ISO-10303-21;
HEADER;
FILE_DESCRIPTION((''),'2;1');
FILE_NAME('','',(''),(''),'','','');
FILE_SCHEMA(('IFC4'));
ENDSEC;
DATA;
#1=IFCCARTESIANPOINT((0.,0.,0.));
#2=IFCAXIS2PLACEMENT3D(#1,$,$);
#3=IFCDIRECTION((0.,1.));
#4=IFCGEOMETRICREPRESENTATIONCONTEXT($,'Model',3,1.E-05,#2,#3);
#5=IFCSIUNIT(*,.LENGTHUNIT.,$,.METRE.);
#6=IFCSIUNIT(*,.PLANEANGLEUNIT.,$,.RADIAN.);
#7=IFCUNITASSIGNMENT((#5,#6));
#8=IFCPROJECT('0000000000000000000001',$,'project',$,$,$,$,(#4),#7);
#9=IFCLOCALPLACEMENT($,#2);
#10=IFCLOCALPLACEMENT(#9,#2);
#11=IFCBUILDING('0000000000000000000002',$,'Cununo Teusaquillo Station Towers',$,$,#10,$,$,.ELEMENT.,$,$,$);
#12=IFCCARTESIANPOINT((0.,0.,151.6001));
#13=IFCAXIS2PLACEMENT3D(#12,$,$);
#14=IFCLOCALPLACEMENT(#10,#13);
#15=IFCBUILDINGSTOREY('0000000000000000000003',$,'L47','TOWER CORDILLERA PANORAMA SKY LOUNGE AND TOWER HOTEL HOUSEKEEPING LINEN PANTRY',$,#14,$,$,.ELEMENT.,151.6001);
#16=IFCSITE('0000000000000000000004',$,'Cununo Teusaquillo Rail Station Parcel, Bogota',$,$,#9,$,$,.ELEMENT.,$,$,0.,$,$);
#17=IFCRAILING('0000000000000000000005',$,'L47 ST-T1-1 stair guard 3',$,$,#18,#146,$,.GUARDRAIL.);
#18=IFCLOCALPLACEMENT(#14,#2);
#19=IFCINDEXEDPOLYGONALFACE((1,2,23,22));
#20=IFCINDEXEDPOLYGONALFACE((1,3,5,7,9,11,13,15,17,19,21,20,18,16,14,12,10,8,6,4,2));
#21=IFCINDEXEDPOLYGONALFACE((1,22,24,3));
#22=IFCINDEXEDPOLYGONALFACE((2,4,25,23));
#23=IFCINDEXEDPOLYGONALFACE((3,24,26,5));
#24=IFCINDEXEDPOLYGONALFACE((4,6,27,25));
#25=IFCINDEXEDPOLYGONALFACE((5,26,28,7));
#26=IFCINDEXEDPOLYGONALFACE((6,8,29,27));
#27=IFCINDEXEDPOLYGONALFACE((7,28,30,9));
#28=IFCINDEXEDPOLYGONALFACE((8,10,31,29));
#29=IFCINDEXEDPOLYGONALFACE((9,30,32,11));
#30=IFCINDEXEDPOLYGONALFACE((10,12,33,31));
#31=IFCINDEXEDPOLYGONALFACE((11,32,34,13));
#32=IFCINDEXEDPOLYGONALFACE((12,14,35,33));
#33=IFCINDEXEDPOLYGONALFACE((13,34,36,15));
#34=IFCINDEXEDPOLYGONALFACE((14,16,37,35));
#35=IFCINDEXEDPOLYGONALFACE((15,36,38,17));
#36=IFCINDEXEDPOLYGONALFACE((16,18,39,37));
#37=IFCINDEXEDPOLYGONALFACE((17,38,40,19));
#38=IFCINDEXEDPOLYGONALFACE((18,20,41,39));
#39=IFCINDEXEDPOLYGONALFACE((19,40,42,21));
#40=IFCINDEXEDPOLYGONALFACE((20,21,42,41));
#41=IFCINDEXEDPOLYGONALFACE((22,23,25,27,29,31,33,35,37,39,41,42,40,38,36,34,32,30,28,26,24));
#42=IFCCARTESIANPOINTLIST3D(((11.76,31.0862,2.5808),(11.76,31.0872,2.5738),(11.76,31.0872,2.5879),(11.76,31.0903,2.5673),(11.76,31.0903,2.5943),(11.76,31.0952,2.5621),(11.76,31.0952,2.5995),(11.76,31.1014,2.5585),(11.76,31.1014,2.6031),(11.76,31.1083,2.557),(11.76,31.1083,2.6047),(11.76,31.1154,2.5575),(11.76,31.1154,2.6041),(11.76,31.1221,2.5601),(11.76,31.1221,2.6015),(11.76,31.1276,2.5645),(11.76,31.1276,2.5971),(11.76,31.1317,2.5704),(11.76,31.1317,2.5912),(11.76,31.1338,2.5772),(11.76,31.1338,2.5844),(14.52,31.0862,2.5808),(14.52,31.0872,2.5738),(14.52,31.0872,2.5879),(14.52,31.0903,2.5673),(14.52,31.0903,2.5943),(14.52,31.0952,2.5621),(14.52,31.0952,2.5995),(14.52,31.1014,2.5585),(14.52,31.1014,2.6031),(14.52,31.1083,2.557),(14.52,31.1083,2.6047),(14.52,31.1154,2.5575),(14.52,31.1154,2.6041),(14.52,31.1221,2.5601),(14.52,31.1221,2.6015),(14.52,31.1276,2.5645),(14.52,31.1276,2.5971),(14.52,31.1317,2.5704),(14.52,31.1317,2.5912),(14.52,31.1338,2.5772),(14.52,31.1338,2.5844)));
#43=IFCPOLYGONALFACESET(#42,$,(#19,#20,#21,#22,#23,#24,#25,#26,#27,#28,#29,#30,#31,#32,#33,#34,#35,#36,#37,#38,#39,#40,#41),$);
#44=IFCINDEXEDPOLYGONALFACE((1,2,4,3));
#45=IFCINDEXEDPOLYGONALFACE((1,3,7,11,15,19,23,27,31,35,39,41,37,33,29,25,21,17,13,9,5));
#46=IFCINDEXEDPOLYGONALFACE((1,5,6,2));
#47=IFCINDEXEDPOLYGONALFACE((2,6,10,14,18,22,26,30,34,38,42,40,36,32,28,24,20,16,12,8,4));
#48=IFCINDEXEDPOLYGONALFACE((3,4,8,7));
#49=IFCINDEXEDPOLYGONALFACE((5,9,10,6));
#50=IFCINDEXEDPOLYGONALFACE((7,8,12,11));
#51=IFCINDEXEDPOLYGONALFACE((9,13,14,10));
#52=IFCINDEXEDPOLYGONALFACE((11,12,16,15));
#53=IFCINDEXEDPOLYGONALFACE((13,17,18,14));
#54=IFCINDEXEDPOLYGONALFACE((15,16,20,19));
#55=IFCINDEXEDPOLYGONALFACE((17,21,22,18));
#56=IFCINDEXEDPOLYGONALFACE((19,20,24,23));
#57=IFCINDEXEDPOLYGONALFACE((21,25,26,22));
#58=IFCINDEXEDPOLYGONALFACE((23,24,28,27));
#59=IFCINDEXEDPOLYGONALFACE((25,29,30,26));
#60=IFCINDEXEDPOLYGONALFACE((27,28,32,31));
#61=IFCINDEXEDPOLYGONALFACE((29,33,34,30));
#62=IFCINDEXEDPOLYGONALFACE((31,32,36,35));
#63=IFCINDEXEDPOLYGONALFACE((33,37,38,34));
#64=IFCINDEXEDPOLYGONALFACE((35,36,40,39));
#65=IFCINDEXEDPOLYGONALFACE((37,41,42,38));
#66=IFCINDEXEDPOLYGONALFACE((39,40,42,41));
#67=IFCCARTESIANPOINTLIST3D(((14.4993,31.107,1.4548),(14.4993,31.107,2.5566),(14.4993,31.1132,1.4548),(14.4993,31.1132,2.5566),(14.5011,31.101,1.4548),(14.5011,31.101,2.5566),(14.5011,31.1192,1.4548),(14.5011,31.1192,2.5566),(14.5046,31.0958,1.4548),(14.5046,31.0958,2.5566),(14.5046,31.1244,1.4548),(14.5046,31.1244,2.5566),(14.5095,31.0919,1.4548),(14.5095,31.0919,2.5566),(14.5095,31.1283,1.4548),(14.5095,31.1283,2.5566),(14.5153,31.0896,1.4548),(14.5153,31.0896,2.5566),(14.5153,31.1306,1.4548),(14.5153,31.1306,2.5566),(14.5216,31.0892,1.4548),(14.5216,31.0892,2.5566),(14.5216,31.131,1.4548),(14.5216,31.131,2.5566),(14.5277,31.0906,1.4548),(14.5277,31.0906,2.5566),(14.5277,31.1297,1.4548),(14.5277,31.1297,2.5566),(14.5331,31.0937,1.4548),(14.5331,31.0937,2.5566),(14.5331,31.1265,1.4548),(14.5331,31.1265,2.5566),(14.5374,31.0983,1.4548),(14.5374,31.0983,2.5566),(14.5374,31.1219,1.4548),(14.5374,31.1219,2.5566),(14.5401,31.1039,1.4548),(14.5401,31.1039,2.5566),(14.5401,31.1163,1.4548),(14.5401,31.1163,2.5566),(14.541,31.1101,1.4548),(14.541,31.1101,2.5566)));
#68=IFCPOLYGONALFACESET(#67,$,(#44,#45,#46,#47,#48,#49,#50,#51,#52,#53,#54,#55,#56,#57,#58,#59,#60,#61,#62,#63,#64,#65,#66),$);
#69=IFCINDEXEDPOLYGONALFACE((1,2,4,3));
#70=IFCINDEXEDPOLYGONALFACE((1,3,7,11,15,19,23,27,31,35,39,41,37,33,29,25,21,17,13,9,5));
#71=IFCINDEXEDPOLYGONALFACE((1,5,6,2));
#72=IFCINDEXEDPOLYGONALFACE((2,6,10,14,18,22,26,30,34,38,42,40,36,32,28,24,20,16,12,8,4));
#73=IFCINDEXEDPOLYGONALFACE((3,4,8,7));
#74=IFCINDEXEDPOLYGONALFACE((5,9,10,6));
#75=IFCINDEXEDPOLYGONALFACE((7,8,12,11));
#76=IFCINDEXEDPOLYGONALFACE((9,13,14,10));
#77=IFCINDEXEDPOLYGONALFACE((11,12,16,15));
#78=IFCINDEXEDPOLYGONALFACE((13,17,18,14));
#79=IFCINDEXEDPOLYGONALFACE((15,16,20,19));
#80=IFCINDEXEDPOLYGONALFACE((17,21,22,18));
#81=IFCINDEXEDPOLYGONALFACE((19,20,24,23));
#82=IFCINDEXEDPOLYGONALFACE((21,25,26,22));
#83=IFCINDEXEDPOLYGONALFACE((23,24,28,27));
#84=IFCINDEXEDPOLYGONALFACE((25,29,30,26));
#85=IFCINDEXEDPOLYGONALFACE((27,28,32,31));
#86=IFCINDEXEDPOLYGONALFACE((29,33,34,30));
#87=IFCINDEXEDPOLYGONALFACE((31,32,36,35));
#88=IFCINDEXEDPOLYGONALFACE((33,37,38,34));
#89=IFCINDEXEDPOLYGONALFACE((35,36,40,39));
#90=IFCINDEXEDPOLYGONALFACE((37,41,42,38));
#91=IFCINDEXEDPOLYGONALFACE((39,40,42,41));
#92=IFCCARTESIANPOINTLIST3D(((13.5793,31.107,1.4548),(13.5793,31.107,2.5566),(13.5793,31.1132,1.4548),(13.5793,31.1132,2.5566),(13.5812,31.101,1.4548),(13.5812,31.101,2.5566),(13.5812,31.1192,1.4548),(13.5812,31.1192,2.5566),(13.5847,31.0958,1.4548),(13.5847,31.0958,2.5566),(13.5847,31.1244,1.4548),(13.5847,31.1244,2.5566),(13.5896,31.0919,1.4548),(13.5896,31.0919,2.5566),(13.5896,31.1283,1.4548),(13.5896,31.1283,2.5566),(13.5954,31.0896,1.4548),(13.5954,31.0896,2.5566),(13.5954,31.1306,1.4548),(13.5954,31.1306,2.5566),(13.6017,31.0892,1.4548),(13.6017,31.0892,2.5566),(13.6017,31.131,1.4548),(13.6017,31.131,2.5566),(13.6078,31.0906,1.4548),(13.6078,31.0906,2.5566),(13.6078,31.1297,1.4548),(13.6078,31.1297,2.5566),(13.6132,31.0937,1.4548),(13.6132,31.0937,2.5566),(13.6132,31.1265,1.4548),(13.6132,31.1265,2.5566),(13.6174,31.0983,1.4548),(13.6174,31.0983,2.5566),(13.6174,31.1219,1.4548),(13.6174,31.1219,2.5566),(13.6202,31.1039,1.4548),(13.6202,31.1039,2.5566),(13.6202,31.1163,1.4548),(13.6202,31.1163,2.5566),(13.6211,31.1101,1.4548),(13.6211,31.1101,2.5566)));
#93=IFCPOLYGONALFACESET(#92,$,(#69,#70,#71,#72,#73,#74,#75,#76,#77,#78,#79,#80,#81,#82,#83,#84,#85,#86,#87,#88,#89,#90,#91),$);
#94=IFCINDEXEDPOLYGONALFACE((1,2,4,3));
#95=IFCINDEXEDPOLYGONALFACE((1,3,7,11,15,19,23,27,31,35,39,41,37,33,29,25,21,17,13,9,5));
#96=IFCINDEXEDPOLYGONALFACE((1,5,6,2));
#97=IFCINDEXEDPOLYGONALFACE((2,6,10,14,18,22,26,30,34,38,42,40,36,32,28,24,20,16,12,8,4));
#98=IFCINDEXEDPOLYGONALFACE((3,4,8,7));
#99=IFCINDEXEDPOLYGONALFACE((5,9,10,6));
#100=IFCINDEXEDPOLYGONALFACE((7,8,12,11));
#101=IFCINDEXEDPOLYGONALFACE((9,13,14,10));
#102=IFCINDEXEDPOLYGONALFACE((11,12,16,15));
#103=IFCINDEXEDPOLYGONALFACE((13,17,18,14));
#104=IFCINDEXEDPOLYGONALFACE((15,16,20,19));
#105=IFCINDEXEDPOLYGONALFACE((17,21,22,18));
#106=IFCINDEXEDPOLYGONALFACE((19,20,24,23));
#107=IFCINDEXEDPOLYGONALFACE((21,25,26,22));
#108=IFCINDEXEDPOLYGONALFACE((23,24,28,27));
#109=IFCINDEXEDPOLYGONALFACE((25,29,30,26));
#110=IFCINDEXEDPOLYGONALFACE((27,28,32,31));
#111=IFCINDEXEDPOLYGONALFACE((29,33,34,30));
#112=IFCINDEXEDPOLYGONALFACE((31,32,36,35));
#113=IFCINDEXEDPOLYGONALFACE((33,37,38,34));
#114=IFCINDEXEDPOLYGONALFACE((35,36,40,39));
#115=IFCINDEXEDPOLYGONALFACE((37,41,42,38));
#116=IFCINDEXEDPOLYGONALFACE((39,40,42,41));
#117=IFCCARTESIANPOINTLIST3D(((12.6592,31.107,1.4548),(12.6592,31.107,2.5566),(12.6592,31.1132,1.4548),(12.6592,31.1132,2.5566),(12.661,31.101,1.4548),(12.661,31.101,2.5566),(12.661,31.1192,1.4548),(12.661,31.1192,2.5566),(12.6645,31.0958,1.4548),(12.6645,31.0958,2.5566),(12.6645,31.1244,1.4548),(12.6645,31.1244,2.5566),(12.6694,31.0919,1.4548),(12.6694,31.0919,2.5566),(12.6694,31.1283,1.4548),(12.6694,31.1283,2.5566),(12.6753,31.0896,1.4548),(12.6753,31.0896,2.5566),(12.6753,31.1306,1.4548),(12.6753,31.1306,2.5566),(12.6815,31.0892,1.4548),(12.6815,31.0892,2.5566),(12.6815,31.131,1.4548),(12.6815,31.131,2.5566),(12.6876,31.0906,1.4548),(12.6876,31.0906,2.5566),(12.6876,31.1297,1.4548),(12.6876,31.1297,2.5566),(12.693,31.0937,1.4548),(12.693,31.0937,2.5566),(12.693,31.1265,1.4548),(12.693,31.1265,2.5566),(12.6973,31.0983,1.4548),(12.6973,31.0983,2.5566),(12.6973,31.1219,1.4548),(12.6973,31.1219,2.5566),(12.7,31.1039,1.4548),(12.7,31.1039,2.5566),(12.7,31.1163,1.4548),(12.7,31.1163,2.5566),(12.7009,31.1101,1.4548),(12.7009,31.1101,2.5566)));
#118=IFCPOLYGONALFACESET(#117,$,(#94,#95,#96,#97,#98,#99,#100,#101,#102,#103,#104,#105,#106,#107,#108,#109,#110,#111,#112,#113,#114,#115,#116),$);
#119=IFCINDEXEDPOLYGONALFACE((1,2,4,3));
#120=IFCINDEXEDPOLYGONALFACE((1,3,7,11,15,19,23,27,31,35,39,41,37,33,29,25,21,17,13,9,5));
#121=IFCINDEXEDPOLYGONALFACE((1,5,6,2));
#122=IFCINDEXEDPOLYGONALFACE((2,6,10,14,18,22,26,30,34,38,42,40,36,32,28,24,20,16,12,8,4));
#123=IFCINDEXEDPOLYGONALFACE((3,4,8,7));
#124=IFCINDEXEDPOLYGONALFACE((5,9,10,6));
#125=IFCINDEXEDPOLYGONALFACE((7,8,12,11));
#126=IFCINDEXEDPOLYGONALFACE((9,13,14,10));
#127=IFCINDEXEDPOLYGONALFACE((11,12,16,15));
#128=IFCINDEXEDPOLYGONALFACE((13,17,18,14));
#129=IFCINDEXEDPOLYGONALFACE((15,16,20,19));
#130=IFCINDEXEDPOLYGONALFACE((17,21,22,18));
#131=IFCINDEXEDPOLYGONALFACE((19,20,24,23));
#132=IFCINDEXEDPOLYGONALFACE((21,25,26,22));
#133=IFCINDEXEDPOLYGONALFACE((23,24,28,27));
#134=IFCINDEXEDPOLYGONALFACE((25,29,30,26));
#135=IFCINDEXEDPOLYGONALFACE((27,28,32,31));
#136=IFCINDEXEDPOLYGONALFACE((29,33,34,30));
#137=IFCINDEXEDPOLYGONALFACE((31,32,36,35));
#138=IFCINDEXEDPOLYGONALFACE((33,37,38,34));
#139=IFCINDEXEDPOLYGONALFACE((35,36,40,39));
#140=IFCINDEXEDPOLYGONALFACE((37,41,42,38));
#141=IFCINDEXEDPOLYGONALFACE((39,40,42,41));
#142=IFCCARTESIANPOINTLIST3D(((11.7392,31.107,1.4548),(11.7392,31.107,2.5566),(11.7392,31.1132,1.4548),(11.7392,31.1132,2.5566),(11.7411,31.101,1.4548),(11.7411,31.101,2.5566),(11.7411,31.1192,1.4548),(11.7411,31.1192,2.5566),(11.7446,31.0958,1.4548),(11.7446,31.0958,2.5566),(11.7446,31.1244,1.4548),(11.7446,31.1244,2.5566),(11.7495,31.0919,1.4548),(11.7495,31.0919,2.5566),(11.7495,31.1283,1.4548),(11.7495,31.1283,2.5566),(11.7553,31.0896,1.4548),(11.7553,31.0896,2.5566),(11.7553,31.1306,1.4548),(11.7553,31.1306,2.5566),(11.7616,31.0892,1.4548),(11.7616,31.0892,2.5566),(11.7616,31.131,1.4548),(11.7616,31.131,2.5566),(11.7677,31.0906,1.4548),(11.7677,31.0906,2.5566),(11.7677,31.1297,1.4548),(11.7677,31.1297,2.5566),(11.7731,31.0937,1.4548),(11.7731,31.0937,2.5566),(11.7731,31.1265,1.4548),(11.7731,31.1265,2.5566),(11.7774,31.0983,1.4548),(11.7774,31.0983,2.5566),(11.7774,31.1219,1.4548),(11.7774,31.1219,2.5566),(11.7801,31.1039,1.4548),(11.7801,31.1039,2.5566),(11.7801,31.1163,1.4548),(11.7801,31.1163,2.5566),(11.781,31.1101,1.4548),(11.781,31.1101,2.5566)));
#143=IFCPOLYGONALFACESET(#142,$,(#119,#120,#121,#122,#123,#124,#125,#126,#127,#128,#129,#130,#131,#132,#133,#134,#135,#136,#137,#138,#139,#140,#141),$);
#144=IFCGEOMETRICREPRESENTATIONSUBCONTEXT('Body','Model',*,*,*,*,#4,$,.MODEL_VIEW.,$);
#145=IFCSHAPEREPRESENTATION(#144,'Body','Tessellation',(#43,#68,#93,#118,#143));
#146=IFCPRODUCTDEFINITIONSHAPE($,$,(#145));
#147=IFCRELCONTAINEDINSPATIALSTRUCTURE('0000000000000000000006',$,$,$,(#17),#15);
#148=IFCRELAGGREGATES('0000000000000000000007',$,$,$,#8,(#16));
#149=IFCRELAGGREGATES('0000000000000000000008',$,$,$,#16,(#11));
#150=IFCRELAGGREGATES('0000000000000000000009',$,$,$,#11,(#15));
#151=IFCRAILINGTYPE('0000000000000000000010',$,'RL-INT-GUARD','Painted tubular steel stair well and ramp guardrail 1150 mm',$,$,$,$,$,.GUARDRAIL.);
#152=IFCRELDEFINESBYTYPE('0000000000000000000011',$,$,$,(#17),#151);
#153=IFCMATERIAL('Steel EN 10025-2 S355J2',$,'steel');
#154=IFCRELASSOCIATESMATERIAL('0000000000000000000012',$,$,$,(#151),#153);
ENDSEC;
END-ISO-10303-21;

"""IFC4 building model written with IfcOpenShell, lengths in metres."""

from ifc_helpers import new_model, si_unit, direction, frame, origin, origin_2d, place, context, subcontext, project, spatial, circle, extrude, material, type_object, element, save


model = new_model("IFC4")

# Units and contexts
model_context = context("Model", 3, precision=1e-05, world=origin(), true_north=direction((0.0, 1.0)))
body_context = subcontext(model_context, "Body", "Model", "MODEL_VIEW")
ifc_project = project(units=[si_unit("LENGTHUNIT", "METRE"), si_unit("PLANEANGLEUNIT", "RADIAN")], contexts=[model_context])

# Site, building, storey
site_placement = place(None, origin())
site = spatial("IfcSite", under=ifc_project, at=site_placement, Name="Cununo Teusaquillo Rail Station Parcel, Bogota", CompositionType="ELEMENT", RefElevation=0.0)
building_placement = place(site_placement, origin())
building = spatial("IfcBuilding", under=site, at=building_placement, Name="Cununo Teusaquillo Station Towers", CompositionType="ELEMENT")
storey_placement = place(building_placement, frame((0.0, 0.0, 151.6001)))
storey = spatial("IfcBuildingStorey", under=building, at=storey_placement, Name="L47", Description="TOWER CORDILLERA PANORAMA SKY LOUNGE AND TOWER HOTEL HOUSEKEEPING LINEN PANTRY", CompositionType="ELEMENT", Elevation=151.6001)

# Railing
ifc_material_1 = material(Name="Steel EN 10025-2 S355J2", Category="steel")
railing_type_1 = type_object("IfcRailingType", Name="RL-INT-GUARD", Description="Painted tubular steel stair well and ramp guardrail 1150 mm", PredefinedType="GUARDRAIL", material=ifc_material_1)
railing_1_placement = place(storey_placement, frame((14.52, 31.1101, 1.4548)))
element("IfcRailing", 1, at=railing_1_placement, inside=storey, type_object=railing_type_1, Name="L47 ST-T1-1 stair guard 3", PredefinedType="GUARDRAIL", context=body_context, shape_type="SweptSolid", body=[
    extrude(circle(Radius=0.0239, at=origin_2d()), frame((0.0, 0.0, 1.126), z_axis=(-1.0, 0.0, 0.0), x_axis=(0.0, -1.0, 0.0)), (0.0, 0.0, 1.0), 2.76),
    extrude(circle(Radius=0.021, at=origin_2d()), origin(), (0.0, 0.0, 1.0), 1.1018),
    extrude(circle(Radius=0.021, at=origin_2d()), frame((-0.9199, 0.0, 0.0)), (0.0, 0.0, 1.0), 1.1018),
    extrude(circle(Radius=0.021, at=origin_2d()), frame((-1.8401, 0.0, 0.0)), (0.0, 0.0, 1.0), 1.1018),
    extrude(circle(Radius=0.021, at=origin_2d()), frame((-2.76, 0.0, 0.0)), (0.0, 0.0, 1.0), 1.1018),
])

save(model, "model.ifc")
